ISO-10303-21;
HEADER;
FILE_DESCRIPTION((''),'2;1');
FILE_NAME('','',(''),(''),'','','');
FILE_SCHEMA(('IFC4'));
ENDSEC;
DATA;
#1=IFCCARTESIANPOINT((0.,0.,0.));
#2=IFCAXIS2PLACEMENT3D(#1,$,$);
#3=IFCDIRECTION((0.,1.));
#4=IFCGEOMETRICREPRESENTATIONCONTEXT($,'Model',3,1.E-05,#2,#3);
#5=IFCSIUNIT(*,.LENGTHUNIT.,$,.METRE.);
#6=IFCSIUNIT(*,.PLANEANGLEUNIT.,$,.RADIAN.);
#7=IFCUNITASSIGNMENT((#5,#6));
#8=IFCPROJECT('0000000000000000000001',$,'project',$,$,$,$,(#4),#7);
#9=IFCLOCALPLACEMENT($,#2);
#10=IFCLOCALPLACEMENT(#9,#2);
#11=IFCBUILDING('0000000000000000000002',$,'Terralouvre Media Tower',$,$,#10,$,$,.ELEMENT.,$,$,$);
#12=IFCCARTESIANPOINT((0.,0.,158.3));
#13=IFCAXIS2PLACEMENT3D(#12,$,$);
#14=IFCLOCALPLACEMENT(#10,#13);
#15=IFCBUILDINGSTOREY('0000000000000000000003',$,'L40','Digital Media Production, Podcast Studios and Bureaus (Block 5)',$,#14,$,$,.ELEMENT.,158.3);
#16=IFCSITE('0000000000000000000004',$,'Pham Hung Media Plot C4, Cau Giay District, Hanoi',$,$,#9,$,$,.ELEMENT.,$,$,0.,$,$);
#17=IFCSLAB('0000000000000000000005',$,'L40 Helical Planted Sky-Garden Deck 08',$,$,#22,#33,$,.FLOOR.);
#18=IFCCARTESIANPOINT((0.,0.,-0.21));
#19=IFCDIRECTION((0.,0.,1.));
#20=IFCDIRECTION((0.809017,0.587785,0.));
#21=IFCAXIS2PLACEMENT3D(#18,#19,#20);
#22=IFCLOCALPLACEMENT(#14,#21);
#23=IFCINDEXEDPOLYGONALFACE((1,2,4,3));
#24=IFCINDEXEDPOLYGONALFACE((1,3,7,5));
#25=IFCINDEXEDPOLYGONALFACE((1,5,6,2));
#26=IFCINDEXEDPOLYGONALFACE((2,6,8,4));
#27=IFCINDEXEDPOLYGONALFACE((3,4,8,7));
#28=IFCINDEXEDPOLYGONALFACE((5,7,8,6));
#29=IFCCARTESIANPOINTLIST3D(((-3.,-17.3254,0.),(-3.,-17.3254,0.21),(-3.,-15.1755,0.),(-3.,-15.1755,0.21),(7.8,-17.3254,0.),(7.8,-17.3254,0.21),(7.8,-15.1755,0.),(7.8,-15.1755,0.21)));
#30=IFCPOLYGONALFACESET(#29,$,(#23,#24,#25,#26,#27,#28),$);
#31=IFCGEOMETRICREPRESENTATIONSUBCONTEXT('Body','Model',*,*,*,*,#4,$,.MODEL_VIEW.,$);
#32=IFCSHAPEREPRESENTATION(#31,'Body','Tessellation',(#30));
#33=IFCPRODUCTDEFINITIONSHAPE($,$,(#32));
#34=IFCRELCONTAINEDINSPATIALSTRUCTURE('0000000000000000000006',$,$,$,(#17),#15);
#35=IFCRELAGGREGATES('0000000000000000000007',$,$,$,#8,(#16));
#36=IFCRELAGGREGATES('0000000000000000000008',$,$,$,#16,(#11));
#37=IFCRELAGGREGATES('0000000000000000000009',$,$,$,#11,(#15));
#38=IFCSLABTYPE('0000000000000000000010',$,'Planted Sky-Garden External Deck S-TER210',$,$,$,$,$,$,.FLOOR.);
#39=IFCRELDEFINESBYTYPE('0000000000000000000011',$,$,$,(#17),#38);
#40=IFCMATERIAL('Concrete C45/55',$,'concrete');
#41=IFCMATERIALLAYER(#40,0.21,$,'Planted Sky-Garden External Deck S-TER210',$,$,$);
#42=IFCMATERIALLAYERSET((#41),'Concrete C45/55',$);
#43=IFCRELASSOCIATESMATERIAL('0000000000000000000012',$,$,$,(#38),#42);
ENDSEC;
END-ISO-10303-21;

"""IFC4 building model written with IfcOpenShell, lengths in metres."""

from ifc_helpers import new_model, si_unit, direction, frame, origin, place, context, subcontext, project, spatial, polyline, outline, extrude, material, layer, layer_set, type_object, element, save


model = new_model("IFC4")

# Units and contexts
model_context = context("Model", 3, precision=1e-05, world=origin(), true_north=direction((0.0, 1.0)))
body_context = subcontext(model_context, "Body", "Model", "MODEL_VIEW")
ifc_project = project(units=[si_unit("LENGTHUNIT", "METRE"), si_unit("PLANEANGLEUNIT", "RADIAN")], contexts=[model_context])

# Site, building, storey
site_placement = place(None, origin())
site = spatial("IfcSite", under=ifc_project, at=site_placement, Name="Pham Hung Media Plot C4, Cau Giay District, Hanoi", CompositionType="ELEMENT", RefElevation=0.0)
building_placement = place(site_placement, origin())
building = spatial("IfcBuilding", under=site, at=building_placement, Name="Terralouvre Media Tower", CompositionType="ELEMENT")
storey_placement = place(building_placement, frame((0.0, 0.0, 158.3)))
storey = spatial("IfcBuildingStorey", under=building, at=storey_placement, Name="L40", Description="Digital Media Production, Podcast Studios and Bureaus (Block 5)", CompositionType="ELEMENT", Elevation=158.3)

# Slab
ifc_material_1 = material(Name="Concrete C45/55", Category="concrete")
ifc_layer_1 = layer(ifc_material_1, 0.21, Name="Planted Sky-Garden External Deck S-TER210")
ifc_layer_set_1 = layer_set([ifc_layer_1], Name="Concrete C45/55")
slab_type = type_object("IfcSlabType", Name="Planted Sky-Garden External Deck S-TER210", PredefinedType="FLOOR", material=ifc_layer_set_1)
slab_placement = place(storey_placement, frame((0.0, 0.0, -0.21), z_axis=(0.0, 0.0, 1.0), x_axis=(0.809017, 0.587785, 0.0)))
element("IfcSlab", 1, at=slab_placement, inside=storey, type_object=slab_type, Name="L40 Helical Planted Sky-Garden Deck 08", PredefinedType="FLOOR", context=body_context, shape_type="SweptSolid", body=[
    extrude(outline(polyline([(-3.0, -17.3254), (7.8, -17.3254), (7.8, -15.1755), (-3.0, -15.1755), (-3.0, -17.3254)])), origin(), (0.0, 0.0, 1.0), 0.21),
])

save(model, "model.ifc")
